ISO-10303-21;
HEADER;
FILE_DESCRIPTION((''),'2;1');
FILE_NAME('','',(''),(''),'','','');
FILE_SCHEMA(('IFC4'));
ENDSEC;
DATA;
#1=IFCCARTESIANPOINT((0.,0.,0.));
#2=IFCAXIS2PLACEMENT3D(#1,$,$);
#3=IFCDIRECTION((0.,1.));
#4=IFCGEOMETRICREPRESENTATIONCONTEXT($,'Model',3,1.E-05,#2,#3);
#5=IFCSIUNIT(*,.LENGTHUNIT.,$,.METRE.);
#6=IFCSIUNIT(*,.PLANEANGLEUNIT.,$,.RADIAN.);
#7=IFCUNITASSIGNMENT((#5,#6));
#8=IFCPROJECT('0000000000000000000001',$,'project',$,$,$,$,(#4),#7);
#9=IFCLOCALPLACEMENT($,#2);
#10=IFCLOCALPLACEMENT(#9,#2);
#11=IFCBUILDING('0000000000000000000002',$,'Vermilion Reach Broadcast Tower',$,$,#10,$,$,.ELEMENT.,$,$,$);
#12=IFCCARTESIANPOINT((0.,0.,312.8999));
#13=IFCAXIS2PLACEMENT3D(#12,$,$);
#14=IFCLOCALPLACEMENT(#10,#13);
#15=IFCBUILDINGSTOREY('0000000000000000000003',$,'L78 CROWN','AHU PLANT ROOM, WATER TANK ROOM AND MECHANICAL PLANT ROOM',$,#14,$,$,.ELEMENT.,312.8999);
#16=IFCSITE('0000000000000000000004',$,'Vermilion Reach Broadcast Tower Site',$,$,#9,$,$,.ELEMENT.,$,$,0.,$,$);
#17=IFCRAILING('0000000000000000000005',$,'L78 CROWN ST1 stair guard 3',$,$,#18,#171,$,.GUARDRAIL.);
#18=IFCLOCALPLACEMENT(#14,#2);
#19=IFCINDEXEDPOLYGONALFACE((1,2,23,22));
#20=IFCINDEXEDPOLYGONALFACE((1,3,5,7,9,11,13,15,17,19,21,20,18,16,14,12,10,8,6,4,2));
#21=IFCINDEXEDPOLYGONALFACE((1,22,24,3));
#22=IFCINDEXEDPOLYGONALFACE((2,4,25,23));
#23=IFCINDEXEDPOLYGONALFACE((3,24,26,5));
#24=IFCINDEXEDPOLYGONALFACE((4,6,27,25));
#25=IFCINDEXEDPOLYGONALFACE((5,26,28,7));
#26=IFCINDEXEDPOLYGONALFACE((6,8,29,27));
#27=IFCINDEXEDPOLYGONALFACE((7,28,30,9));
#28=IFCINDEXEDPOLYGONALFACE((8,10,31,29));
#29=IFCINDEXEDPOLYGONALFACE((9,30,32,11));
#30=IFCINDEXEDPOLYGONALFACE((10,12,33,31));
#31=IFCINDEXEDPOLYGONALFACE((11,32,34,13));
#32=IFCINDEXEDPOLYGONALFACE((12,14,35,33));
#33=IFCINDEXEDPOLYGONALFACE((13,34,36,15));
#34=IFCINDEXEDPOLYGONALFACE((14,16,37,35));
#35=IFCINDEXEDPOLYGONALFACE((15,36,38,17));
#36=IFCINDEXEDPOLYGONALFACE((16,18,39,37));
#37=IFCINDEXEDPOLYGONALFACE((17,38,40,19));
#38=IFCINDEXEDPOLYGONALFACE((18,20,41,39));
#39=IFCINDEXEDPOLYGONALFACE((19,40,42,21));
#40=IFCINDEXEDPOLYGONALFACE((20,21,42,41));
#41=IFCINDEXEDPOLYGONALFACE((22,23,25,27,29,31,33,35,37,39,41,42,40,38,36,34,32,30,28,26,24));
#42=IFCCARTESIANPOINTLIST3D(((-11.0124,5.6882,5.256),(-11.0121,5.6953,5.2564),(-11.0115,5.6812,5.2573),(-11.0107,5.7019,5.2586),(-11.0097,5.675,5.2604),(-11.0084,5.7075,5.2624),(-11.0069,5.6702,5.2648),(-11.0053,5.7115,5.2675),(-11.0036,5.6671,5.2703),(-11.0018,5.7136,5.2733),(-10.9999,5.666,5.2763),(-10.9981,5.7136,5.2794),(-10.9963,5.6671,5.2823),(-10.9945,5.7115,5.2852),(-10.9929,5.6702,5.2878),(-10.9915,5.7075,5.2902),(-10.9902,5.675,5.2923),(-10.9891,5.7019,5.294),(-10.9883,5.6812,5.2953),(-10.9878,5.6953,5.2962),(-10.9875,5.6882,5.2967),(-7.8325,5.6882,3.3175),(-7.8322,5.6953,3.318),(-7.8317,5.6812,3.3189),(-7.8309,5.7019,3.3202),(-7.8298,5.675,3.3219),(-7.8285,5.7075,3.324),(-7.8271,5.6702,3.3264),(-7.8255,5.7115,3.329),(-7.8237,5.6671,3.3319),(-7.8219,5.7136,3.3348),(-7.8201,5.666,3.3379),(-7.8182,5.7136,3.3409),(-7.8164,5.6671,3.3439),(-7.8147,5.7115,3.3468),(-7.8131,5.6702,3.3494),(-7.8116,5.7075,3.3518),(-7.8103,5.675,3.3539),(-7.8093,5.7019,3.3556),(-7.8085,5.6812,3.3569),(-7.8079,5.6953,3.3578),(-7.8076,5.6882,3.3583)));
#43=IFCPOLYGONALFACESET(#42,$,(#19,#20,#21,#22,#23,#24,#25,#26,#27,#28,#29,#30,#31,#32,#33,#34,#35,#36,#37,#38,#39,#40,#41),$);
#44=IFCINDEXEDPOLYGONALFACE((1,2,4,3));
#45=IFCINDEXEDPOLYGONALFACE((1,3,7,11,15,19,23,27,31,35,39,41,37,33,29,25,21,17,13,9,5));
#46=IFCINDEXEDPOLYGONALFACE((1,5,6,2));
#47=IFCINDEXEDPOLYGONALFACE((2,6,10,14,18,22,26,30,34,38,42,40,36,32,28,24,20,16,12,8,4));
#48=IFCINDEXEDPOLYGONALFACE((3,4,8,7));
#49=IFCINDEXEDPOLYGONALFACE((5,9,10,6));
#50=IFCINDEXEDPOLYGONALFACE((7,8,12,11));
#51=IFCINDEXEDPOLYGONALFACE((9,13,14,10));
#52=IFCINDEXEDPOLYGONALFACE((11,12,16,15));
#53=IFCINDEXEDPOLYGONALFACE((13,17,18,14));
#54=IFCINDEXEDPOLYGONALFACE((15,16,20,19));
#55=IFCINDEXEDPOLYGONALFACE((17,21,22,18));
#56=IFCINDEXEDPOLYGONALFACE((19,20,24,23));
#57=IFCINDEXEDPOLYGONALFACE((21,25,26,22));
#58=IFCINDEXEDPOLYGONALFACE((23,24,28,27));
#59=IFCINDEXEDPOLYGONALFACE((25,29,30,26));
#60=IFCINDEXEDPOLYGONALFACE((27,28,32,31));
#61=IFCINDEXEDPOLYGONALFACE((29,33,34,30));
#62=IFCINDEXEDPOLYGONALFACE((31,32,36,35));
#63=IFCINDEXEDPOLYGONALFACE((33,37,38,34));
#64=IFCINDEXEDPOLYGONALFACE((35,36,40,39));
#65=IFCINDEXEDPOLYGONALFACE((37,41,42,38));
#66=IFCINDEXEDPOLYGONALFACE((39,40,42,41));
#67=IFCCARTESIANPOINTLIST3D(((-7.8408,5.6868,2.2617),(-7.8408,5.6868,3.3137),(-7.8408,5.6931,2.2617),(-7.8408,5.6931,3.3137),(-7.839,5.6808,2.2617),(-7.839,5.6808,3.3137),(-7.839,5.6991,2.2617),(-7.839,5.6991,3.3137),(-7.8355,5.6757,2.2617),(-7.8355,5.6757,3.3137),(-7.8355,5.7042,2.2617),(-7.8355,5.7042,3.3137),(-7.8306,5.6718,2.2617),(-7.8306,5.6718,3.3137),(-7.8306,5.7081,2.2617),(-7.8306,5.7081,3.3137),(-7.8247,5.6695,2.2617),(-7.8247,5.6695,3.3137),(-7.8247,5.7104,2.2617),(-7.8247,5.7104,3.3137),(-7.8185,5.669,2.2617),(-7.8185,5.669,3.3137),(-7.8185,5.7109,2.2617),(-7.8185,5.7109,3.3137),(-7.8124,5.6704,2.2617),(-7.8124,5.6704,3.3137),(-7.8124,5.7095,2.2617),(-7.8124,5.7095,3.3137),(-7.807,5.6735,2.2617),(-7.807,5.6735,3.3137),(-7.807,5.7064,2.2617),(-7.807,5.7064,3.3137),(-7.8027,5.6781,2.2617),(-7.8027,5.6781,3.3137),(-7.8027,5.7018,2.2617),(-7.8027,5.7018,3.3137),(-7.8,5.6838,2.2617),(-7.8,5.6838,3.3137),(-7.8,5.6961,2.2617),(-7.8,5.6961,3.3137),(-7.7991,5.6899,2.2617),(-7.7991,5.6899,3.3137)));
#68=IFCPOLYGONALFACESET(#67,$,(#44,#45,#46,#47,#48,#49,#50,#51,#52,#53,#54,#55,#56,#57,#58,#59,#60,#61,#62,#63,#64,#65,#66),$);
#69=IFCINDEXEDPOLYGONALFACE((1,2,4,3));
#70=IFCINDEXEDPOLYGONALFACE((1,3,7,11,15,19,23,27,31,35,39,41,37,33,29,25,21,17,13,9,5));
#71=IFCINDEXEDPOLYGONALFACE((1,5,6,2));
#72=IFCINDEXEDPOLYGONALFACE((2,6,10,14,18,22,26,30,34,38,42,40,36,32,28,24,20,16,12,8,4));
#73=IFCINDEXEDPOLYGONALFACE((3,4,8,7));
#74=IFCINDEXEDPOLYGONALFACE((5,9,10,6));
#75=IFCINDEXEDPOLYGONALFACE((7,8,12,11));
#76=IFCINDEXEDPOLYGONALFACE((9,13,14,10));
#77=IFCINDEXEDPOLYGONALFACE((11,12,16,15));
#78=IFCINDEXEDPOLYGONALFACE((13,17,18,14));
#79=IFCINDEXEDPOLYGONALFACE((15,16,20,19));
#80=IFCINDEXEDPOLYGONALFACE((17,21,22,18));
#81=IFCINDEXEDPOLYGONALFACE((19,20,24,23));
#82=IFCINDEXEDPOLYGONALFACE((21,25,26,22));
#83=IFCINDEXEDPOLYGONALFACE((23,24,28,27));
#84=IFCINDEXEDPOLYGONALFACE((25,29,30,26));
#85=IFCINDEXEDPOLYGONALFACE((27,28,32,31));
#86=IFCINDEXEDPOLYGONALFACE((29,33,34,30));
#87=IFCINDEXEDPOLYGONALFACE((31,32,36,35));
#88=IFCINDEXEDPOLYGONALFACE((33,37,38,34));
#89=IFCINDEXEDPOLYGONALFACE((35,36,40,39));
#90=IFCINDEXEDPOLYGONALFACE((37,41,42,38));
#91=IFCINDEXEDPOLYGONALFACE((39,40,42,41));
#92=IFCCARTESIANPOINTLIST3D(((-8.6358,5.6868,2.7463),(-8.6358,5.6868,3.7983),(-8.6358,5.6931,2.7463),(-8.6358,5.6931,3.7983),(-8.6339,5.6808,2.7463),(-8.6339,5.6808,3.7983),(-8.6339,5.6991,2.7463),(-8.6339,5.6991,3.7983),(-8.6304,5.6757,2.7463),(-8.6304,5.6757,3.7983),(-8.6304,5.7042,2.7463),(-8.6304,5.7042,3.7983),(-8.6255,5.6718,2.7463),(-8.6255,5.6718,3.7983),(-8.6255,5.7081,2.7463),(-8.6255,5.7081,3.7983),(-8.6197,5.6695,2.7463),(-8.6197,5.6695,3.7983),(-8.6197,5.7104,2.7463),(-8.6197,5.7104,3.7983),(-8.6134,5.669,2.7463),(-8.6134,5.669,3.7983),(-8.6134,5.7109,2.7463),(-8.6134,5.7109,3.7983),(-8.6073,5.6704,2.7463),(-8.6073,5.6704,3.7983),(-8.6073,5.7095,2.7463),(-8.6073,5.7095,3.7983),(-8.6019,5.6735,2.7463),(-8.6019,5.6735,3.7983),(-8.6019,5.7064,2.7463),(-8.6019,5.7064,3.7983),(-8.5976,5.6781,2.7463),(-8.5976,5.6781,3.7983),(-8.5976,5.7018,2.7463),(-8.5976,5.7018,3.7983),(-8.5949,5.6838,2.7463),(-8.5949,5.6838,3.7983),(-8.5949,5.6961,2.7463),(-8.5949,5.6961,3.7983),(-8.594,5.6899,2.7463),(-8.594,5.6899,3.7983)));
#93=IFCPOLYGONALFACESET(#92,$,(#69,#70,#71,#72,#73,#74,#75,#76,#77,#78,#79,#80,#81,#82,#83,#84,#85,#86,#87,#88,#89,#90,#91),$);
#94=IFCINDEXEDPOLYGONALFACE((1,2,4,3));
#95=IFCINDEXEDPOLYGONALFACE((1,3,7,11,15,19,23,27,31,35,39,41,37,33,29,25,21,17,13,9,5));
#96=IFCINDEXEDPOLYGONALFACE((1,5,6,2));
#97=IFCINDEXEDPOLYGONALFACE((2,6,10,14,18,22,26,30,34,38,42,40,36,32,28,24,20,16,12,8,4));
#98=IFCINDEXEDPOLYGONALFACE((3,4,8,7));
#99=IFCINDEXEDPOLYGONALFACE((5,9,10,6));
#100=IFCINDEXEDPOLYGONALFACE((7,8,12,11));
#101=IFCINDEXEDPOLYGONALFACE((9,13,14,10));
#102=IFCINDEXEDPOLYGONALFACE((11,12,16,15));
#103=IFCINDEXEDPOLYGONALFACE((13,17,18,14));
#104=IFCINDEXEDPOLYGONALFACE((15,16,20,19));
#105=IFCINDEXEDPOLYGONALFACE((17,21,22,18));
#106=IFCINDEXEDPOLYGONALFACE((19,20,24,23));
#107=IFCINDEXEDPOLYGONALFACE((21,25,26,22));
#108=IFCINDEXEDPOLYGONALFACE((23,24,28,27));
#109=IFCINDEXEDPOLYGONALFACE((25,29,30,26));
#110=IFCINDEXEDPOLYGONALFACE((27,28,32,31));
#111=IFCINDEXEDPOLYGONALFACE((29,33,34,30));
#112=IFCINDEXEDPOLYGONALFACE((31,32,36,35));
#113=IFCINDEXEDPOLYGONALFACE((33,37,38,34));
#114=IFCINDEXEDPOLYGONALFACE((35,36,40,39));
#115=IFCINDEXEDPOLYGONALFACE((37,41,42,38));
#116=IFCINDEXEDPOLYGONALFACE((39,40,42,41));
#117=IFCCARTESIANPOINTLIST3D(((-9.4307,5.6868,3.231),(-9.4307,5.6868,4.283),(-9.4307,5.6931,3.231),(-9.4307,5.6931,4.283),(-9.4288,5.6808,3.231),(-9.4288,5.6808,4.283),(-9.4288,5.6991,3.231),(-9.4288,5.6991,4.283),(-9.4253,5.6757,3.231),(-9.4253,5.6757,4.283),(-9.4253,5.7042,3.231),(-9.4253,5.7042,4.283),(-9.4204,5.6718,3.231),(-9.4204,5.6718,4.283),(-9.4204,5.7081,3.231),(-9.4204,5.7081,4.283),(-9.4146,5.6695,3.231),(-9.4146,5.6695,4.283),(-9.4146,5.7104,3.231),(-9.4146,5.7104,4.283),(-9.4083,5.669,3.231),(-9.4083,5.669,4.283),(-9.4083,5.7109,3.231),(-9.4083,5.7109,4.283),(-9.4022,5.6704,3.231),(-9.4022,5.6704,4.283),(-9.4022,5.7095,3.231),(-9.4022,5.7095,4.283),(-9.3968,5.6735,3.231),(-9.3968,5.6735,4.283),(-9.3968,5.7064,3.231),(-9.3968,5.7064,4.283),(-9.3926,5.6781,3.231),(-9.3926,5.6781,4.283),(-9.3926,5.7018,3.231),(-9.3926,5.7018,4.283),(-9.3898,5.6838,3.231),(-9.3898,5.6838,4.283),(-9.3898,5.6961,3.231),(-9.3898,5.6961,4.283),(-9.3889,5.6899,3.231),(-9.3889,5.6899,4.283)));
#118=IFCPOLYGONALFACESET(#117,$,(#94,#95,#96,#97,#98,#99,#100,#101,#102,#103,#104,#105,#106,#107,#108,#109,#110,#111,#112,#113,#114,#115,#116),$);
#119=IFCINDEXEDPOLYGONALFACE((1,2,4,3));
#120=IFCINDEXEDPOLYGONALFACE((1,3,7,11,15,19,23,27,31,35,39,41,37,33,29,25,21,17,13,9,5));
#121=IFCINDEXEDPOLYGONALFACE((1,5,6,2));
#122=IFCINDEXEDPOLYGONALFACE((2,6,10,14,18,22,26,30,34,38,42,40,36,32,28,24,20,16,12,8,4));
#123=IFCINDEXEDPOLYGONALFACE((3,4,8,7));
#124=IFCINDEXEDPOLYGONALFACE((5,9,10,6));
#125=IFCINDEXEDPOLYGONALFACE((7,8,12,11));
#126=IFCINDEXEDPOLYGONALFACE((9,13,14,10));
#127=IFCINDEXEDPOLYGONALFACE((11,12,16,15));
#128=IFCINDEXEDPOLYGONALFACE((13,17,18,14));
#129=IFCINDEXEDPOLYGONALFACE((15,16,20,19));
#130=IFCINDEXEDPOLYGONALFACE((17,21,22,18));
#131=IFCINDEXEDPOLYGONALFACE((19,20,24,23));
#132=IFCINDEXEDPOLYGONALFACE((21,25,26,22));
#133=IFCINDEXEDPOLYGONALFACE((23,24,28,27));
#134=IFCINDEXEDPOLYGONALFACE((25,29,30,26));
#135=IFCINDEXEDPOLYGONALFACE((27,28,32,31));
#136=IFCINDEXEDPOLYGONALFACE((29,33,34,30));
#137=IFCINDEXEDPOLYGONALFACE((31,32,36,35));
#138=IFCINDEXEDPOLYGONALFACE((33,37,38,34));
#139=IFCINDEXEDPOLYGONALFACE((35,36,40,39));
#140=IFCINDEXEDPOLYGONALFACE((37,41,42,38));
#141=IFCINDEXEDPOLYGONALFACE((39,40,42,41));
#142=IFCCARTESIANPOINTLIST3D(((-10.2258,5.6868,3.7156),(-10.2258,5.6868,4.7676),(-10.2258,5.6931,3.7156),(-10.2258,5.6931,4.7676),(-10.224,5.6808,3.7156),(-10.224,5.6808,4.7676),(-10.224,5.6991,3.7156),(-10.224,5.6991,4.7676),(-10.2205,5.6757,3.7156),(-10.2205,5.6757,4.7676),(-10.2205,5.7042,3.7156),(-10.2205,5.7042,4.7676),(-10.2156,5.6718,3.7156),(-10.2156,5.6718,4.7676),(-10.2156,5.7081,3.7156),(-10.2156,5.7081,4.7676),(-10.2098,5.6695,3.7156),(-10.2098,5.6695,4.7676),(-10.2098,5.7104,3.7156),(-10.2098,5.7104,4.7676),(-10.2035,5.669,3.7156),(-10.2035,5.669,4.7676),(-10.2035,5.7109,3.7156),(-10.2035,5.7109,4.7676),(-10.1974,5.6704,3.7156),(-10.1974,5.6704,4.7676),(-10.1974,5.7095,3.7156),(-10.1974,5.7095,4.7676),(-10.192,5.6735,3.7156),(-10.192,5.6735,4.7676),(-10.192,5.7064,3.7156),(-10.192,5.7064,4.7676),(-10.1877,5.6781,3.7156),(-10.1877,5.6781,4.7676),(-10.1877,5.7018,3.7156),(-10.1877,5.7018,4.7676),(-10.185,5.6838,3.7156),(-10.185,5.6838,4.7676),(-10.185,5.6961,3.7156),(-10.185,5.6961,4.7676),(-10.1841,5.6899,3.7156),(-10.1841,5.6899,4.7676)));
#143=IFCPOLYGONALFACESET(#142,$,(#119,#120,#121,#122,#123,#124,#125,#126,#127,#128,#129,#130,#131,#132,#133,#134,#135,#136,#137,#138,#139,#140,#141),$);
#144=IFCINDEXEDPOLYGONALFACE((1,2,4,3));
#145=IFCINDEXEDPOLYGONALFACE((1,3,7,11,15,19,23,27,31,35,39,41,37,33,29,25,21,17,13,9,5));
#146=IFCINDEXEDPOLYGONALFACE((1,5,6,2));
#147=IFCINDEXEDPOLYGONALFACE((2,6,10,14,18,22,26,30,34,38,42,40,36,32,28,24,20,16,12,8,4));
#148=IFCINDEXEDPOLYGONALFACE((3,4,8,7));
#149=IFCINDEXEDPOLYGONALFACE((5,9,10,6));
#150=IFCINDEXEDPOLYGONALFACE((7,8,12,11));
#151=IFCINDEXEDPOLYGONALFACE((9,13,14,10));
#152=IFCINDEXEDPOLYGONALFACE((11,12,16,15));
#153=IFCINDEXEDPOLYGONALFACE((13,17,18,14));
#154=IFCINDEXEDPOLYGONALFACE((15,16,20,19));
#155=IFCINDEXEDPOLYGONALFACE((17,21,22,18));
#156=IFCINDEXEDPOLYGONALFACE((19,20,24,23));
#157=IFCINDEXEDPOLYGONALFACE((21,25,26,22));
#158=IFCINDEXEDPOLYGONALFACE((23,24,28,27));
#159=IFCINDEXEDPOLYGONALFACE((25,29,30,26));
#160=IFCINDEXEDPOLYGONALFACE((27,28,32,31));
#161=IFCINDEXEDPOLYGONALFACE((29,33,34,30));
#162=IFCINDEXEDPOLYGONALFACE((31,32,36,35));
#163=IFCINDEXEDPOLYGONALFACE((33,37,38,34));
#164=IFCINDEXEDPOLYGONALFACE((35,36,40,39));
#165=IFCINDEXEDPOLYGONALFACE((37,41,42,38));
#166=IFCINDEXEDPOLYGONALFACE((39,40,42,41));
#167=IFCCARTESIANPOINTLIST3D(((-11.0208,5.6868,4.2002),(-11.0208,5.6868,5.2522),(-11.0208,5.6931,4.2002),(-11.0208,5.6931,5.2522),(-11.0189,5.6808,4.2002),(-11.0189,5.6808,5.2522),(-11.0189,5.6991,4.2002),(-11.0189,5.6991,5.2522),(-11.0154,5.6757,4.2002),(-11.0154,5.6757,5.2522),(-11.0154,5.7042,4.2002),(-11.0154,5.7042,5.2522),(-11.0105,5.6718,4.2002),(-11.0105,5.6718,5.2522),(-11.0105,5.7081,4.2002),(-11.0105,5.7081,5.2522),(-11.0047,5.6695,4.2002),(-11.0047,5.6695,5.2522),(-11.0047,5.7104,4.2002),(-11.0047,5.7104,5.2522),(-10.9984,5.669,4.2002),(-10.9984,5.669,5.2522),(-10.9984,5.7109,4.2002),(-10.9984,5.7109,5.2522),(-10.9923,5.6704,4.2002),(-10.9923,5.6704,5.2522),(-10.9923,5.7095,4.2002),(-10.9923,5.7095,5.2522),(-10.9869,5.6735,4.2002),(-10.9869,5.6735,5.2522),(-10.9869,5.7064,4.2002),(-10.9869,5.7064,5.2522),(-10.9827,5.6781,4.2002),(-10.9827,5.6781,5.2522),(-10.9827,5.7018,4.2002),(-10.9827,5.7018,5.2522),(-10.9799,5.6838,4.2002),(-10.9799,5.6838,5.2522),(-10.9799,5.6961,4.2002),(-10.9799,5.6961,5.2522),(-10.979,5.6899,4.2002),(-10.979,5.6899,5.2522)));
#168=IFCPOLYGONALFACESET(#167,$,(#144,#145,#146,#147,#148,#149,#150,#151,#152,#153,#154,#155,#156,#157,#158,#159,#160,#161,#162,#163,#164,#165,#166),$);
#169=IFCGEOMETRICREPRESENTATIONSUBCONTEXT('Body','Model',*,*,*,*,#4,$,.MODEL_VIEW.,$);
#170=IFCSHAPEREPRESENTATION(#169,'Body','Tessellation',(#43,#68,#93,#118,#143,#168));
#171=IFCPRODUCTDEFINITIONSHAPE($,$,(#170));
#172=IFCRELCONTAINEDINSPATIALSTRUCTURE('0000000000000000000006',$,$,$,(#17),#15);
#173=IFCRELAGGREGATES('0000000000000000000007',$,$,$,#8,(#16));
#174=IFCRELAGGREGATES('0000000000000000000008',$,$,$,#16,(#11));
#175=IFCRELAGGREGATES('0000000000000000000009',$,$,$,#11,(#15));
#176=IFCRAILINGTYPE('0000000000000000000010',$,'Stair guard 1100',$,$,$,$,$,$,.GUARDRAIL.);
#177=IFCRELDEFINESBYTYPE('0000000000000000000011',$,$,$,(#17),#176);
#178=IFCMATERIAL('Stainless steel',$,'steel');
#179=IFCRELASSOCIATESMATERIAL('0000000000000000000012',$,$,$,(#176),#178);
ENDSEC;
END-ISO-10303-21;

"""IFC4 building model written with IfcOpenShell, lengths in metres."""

from ifc_helpers import new_model, si_unit, direction, frame, origin, origin_2d, place, context, subcontext, project, spatial, circle, extrude, material, type_object, element, save


model = new_model("IFC4")

# Units and contexts
model_context = context("Model", 3, precision=1e-05, world=origin(), true_north=direction((0.0, 1.0)))
body_context = subcontext(model_context, "Body", "Model", "MODEL_VIEW")
ifc_project = project(units=[si_unit("LENGTHUNIT", "METRE"), si_unit("PLANEANGLEUNIT", "RADIAN")], contexts=[model_context])

# Site, building, storey
site_placement = place(None, origin())
site = spatial("IfcSite", under=ifc_project, at=site_placement, Name="Vermilion Reach Broadcast Tower Site", CompositionType="ELEMENT", RefElevation=0.0)
building_placement = place(site_placement, origin())
building = spatial("IfcBuilding", under=site, at=building_placement, Name="Vermilion Reach Broadcast Tower", CompositionType="ELEMENT")
storey_placement = place(building_placement, frame((0.0, 0.0, 312.8999)))
storey = spatial("IfcBuildingStorey", under=building, at=storey_placement, Name="L78 CROWN", Description="AHU PLANT ROOM, WATER TANK ROOM AND MECHANICAL PLANT ROOM", CompositionType="ELEMENT", Elevation=312.8999)

# Railing
ifc_material_1 = material(Name="Stainless steel", Category="steel")
railing_type_1 = type_object("IfcRailingType", Name="Stair guard 1100", PredefinedType="GUARDRAIL", material=ifc_material_1)
railing_1_placement = place(storey_placement, frame((-7.8201, 5.6899, 2.2617)))
element("IfcRailing", 1, at=railing_1_placement, inside=storey, type_object=railing_type_1, Name="L78 CROWN ST1 stair guard 3", PredefinedType="GUARDRAIL", context=body_context, shape_type="SweptSolid", body=[
    extrude(circle(Radius=0.0239, at=origin_2d()), frame((0.0, 0.0, 1.0762), z_axis=(-0.853857, 0.0, 0.520508), x_axis=(0.0, -1.0, 0.0)), (0.0, 0.0, 1.0), 3.7241),
    extrude(circle(Radius=0.021, at=origin_2d()), origin(), (0.0, 0.0, 1.0), 1.052),
    extrude(circle(Radius=0.021, at=origin_2d()), frame((-0.7949, 0.0, 0.4846)), (0.0, 0.0, 1.0), 1.052),
    extrude(circle(Radius=0.021, at=origin_2d()), frame((-1.5898, 0.0, 0.9692)), (0.0, 0.0, 1.0), 1.052),
    extrude(circle(Radius=0.021, at=origin_2d()), frame((-2.385, 0.0, 1.4539)), (0.0, 0.0, 1.0), 1.052),
    extrude(circle(Radius=0.021, at=origin_2d()), frame((-3.1799, 0.0, 1.9385)), (0.0, 0.0, 1.0), 1.052),
])

save(model, "model.ifc")
